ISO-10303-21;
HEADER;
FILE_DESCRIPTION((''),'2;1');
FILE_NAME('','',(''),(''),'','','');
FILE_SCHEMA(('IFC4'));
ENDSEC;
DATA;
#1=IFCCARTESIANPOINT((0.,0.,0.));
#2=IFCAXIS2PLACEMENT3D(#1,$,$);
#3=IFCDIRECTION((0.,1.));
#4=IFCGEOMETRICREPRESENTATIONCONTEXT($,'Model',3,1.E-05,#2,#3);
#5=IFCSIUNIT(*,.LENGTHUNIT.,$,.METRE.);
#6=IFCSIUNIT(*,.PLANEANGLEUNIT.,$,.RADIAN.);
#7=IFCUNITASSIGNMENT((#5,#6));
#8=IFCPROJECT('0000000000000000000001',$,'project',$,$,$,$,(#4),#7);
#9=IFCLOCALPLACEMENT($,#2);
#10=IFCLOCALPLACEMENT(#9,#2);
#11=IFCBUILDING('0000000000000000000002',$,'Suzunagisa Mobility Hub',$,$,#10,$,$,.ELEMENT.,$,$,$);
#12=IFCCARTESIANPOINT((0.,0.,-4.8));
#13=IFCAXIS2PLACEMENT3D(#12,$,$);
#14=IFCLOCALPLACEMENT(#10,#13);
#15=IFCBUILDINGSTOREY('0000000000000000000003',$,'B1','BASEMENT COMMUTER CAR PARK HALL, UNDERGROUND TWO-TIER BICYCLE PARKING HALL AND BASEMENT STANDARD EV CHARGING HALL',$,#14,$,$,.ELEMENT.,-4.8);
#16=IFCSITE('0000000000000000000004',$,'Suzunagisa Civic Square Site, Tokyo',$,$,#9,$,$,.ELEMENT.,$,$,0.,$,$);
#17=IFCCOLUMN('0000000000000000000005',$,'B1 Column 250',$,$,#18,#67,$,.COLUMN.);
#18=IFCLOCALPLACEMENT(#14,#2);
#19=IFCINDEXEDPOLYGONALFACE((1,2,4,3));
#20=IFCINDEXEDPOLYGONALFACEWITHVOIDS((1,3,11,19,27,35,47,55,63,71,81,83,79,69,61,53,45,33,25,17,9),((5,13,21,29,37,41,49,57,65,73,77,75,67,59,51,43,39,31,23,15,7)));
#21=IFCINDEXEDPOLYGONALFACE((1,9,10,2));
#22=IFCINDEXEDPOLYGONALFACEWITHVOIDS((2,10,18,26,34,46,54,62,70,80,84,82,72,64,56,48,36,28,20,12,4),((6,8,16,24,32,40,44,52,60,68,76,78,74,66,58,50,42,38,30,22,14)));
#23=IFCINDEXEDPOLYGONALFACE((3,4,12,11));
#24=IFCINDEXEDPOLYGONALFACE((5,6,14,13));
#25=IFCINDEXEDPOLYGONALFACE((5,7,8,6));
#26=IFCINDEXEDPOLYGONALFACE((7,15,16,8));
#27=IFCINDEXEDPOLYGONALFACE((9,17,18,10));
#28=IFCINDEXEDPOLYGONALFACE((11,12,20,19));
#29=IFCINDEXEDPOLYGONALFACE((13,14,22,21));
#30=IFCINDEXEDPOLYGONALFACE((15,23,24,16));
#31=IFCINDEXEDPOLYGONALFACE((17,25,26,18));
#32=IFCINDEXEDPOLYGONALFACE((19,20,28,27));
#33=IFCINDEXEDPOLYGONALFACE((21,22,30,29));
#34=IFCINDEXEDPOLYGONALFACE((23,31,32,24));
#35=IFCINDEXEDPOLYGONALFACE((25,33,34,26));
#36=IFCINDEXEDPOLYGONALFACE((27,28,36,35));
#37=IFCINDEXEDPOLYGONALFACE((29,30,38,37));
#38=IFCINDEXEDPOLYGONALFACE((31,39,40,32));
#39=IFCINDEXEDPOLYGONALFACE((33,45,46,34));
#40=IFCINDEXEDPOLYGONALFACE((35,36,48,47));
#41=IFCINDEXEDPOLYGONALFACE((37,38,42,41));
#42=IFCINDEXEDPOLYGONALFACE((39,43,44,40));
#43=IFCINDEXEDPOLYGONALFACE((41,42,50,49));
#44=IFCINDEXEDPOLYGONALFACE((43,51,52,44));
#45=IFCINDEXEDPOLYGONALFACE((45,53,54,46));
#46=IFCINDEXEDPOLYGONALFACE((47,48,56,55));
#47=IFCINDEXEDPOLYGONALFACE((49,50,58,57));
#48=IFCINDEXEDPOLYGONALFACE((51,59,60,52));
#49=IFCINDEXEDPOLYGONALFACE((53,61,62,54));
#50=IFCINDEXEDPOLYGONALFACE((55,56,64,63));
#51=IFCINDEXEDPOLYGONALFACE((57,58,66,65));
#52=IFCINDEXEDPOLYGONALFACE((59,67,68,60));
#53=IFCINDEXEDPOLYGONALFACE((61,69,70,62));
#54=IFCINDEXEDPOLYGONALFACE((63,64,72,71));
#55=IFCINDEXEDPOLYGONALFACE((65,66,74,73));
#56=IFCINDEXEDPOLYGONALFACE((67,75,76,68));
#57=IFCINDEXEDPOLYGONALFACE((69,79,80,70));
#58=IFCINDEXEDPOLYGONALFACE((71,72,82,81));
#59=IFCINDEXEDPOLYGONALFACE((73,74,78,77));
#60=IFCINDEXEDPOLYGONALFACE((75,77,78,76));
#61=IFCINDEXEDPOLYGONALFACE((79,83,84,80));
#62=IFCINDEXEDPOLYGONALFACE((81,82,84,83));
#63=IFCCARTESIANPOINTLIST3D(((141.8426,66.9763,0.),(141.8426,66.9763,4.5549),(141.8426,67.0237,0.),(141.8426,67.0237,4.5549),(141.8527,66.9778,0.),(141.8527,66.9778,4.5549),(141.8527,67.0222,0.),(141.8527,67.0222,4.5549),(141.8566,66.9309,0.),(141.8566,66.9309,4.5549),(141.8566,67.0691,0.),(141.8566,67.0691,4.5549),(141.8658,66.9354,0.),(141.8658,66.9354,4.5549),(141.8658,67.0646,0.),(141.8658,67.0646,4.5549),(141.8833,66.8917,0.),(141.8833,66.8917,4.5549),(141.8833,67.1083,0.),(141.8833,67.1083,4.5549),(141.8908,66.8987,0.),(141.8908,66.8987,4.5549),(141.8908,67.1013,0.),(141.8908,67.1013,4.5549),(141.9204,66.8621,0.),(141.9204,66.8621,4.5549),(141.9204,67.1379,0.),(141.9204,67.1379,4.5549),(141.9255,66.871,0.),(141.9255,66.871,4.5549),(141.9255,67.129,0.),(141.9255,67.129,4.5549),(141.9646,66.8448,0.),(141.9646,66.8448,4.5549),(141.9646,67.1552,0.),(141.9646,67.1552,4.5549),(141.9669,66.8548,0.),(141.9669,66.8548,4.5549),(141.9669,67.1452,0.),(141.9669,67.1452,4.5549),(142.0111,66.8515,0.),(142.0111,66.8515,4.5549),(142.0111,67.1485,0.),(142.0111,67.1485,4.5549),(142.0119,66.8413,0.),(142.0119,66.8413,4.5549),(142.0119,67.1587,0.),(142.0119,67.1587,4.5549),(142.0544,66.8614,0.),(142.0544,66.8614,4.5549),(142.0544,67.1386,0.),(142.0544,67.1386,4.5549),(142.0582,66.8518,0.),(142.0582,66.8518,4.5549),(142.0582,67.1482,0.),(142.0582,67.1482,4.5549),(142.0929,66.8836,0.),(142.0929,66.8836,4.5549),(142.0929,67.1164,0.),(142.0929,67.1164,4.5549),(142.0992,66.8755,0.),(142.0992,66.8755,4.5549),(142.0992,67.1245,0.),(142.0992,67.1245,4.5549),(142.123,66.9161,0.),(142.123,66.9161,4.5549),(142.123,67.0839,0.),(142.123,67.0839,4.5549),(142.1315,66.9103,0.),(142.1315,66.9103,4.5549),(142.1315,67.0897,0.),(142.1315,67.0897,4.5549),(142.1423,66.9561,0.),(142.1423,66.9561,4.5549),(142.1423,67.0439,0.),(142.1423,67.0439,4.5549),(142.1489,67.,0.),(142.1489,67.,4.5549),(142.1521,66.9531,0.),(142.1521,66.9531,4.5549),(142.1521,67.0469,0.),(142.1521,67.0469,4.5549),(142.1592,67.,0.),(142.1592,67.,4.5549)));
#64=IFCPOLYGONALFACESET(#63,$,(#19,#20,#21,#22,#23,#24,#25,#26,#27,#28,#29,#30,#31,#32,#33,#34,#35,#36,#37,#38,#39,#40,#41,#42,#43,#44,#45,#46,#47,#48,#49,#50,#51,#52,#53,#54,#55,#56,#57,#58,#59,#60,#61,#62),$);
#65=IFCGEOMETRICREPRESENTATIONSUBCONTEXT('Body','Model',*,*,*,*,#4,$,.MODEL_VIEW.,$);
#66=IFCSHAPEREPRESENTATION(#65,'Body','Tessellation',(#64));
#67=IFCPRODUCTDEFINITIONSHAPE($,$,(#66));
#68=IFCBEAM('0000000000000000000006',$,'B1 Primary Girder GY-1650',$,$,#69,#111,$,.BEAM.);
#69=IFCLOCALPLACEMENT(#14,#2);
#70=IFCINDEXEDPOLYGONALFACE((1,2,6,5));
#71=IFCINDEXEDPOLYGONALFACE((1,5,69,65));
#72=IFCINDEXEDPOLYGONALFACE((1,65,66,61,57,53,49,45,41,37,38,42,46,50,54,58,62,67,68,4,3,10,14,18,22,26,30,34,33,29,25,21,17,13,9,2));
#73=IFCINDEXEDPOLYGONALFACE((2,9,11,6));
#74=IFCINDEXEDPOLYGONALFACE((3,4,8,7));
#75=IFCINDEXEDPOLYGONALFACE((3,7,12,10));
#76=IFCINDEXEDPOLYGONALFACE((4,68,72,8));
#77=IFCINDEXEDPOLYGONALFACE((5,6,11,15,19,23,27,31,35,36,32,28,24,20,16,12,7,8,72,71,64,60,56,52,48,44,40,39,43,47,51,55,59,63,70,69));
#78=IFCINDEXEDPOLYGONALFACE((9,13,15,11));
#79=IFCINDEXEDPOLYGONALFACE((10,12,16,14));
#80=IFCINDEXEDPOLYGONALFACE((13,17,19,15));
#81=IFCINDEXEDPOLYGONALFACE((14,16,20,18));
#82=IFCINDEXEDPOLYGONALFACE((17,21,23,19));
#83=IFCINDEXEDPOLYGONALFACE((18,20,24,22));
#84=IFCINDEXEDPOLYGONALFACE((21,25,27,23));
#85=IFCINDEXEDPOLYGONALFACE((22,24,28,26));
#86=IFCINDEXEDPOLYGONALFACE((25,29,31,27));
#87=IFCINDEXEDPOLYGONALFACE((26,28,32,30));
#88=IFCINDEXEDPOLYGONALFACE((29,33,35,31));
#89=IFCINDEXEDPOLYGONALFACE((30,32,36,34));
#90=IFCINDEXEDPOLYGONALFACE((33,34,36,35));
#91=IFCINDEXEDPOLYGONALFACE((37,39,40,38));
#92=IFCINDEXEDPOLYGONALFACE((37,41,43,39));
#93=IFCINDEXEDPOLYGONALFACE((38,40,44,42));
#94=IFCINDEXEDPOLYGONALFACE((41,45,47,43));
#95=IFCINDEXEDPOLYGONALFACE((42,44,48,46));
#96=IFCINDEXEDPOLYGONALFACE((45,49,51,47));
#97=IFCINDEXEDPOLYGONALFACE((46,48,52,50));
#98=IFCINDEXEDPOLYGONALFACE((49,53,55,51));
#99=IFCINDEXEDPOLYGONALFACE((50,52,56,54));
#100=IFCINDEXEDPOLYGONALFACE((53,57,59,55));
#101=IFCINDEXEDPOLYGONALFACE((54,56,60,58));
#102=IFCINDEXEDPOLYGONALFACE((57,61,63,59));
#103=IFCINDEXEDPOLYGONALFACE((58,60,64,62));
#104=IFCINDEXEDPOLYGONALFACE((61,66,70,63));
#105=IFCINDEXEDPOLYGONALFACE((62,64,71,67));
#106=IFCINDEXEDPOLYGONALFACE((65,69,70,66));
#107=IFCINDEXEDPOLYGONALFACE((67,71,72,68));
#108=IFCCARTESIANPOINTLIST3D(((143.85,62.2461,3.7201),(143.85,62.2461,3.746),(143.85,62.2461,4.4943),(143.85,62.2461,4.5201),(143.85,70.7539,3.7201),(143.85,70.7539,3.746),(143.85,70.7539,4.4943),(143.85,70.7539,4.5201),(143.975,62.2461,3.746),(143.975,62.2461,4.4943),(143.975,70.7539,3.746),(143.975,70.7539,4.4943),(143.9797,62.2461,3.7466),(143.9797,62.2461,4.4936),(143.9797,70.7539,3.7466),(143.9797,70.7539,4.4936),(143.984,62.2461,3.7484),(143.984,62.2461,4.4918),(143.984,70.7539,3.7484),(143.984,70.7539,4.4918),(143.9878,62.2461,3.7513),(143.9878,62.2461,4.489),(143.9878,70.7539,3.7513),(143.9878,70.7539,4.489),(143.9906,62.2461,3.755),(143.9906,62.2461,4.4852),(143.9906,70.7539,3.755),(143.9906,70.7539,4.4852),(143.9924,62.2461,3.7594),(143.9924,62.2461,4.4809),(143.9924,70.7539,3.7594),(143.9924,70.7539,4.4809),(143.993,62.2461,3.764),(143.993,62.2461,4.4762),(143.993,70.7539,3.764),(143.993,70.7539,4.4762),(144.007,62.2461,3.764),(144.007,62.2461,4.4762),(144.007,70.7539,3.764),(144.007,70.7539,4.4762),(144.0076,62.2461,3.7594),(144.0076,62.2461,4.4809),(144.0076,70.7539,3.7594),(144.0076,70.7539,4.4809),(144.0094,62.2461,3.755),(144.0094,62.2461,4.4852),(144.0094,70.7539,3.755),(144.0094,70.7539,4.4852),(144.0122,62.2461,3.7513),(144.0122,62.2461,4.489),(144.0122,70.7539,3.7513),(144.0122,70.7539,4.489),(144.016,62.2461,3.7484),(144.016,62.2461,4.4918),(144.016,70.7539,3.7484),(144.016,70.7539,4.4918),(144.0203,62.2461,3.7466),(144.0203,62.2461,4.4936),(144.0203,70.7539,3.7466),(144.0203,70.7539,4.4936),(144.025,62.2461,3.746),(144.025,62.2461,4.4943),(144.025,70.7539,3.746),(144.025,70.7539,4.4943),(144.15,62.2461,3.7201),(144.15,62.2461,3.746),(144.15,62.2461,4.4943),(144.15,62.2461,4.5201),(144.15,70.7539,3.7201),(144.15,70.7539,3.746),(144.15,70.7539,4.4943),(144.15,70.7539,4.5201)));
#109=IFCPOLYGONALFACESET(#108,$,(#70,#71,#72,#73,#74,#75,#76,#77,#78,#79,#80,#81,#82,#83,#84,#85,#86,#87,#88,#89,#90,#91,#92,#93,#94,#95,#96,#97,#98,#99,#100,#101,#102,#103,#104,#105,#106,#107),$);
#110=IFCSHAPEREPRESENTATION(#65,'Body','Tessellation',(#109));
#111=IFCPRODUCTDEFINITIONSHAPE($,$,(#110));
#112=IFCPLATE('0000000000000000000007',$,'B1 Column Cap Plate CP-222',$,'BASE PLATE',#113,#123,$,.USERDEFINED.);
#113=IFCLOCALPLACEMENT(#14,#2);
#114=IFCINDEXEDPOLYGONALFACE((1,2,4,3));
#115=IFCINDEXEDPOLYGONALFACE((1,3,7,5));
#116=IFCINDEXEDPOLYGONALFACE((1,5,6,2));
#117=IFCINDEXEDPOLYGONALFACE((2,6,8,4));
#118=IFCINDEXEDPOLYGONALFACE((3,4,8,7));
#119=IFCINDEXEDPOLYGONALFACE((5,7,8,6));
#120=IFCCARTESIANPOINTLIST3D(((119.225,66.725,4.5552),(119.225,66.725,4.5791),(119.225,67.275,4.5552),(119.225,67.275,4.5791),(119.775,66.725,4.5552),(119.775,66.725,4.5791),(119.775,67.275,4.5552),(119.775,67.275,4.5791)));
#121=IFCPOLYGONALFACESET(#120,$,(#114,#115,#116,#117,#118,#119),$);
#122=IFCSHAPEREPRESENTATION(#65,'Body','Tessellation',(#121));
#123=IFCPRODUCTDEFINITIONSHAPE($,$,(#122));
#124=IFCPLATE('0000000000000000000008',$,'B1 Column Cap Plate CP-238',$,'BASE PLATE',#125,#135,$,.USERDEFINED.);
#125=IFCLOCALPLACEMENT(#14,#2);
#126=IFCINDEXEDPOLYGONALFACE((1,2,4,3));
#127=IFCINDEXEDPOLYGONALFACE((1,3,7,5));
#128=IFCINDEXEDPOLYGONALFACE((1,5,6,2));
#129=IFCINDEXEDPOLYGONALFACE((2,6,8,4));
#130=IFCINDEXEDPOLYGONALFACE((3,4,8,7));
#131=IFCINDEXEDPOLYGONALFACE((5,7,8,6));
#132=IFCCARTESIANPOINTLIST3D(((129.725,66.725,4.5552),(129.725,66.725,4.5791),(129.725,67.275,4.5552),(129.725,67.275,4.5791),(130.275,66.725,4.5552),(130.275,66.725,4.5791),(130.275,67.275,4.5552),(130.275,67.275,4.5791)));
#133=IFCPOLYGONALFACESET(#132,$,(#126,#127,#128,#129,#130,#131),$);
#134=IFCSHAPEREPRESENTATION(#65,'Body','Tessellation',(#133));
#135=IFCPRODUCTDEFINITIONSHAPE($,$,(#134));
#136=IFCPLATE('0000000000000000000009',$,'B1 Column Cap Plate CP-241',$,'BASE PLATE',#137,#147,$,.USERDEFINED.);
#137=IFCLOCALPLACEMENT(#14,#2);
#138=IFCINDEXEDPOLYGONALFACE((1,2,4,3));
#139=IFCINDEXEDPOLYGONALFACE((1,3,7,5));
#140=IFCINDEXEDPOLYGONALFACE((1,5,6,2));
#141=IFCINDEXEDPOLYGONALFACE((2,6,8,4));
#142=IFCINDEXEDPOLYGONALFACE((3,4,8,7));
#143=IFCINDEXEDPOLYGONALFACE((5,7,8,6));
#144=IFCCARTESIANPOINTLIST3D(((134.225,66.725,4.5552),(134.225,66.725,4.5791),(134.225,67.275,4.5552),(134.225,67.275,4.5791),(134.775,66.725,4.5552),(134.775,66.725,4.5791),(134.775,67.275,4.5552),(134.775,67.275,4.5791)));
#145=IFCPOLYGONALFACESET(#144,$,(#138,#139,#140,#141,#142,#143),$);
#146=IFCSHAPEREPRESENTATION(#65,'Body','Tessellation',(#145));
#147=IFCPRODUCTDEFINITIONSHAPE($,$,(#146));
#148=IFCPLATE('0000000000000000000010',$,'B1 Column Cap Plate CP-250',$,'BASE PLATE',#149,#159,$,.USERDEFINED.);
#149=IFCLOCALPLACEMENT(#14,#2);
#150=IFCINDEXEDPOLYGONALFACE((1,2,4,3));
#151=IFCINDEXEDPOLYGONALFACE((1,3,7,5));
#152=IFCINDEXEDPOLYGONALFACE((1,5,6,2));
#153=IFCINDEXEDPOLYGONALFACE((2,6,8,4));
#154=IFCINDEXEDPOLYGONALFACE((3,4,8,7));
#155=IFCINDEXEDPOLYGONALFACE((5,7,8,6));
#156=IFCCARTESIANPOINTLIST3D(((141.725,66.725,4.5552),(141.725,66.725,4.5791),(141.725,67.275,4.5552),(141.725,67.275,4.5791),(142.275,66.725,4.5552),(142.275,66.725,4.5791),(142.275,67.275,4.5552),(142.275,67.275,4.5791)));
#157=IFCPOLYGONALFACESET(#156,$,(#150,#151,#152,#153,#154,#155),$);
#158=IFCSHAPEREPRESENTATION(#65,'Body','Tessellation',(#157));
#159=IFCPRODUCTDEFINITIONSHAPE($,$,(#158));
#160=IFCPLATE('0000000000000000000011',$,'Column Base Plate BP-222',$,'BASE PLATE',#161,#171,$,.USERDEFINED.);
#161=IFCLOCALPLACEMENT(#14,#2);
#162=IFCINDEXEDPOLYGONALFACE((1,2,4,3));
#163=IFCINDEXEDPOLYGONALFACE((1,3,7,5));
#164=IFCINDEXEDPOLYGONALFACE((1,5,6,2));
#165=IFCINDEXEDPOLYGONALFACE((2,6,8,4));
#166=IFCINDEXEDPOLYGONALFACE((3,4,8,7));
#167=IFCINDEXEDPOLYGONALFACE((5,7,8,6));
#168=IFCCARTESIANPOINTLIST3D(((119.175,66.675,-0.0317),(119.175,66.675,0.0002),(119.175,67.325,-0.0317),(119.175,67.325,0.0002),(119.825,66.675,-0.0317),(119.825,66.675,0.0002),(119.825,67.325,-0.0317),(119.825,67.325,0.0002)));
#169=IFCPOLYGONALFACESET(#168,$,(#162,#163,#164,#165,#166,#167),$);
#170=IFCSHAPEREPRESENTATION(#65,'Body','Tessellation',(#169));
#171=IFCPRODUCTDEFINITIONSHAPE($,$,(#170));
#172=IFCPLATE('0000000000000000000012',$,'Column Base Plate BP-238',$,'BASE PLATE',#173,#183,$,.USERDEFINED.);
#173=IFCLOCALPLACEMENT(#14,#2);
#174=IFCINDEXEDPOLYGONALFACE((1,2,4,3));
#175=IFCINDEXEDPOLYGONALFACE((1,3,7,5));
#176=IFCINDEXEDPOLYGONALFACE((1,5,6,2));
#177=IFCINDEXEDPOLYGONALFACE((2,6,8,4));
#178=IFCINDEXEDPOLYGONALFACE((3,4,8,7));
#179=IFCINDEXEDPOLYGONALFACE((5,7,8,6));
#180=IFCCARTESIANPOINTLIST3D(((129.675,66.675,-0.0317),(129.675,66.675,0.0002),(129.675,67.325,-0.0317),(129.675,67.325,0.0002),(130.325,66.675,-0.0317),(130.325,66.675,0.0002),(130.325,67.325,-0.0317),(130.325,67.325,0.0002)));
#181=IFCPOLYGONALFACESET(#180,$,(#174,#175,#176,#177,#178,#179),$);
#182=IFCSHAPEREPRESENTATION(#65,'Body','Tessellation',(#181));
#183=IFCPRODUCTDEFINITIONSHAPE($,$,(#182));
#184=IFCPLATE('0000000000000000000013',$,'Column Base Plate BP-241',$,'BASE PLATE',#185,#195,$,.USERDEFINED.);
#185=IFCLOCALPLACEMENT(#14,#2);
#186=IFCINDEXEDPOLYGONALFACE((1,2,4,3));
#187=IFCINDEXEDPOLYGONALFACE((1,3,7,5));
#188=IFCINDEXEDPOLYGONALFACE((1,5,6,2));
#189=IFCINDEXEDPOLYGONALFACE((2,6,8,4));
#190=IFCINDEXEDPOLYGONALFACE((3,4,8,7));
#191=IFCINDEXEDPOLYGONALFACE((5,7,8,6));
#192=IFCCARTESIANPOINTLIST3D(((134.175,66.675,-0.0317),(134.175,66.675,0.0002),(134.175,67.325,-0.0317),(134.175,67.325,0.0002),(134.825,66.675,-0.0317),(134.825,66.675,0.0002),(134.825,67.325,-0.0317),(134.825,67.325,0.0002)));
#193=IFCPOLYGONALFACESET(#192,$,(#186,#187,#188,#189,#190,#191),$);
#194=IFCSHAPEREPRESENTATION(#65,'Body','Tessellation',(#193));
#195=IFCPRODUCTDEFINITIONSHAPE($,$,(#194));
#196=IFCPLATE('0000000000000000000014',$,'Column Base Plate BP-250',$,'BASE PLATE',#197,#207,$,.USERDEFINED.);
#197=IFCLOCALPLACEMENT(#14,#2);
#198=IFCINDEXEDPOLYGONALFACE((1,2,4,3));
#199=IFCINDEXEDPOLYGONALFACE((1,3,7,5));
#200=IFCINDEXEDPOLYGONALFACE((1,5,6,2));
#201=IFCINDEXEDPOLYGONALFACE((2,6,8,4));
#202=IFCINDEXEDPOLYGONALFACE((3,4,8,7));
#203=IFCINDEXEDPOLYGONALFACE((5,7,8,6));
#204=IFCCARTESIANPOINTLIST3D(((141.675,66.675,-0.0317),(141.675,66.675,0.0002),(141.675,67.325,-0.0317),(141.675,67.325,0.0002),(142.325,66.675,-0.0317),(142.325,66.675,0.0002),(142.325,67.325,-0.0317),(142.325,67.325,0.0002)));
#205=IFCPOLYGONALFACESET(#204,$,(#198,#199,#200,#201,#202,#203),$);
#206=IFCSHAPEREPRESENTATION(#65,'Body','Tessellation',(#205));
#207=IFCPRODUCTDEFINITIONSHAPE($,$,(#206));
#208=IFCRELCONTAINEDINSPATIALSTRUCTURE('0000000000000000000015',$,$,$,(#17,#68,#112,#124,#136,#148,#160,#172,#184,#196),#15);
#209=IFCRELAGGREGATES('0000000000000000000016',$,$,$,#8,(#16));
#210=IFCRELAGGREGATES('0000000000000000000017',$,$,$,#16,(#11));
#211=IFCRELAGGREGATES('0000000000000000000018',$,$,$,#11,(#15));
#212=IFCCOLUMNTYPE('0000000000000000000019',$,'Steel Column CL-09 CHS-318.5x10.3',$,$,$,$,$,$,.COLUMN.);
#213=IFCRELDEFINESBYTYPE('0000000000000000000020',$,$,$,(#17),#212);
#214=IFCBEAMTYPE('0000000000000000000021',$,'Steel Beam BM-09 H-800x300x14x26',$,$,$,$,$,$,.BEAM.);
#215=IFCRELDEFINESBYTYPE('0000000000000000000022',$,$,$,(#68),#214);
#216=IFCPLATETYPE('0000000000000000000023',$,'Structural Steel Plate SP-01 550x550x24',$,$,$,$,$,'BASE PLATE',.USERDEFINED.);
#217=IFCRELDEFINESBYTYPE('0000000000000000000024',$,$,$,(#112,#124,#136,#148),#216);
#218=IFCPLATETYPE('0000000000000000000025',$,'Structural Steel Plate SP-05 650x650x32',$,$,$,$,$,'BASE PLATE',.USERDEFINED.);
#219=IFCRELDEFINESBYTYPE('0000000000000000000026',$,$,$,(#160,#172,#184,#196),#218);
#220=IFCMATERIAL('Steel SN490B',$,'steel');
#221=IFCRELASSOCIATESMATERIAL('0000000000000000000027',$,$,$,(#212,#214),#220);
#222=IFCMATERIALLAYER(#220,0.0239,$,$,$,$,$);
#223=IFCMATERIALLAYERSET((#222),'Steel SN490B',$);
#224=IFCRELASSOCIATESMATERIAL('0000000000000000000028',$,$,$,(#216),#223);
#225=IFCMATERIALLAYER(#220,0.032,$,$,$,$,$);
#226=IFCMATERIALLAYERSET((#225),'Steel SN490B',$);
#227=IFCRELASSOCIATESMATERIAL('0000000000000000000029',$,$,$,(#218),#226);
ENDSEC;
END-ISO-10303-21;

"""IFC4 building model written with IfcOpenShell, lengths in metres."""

from ifc_helpers import new_model, si_unit, direction, frame, origin, origin_2d, place, context, subcontext, project, spatial, rectangle, hollow_circle, i_section, extrude, material, layer, layer_set, material_profile, profile_set, type_object, element, save


model = new_model("IFC4")

# Units and contexts
model_context = context("Model", 3, precision=1e-05, world=origin(), true_north=direction((0.0, 1.0)))
body_context = subcontext(model_context, "Body", "Model", "MODEL_VIEW")
ifc_project = project(units=[si_unit("LENGTHUNIT", "METRE"), si_unit("PLANEANGLEUNIT", "RADIAN")], contexts=[model_context])

# Site, building, storey
site_placement = place(None, origin())
site = spatial("IfcSite", under=ifc_project, at=site_placement, Name="Suzunagisa Civic Square Site, Tokyo", CompositionType="ELEMENT", RefElevation=0.0)
building_placement = place(site_placement, origin())
building = spatial("IfcBuilding", under=site, at=building_placement, Name="Suzunagisa Mobility Hub", CompositionType="ELEMENT")
storey_placement = place(building_placement, frame((0.0, 0.0, -4.8)))
storey = spatial("IfcBuildingStorey", under=building, at=storey_placement, Name="B1", Description="BASEMENT COMMUTER CAR PARK HALL, UNDERGROUND TWO-TIER BICYCLE PARKING HALL AND BASEMENT STANDARD EV CHARGING HALL", CompositionType="ELEMENT", Elevation=-4.8)

# Column
ifc_material_1 = material(Name="Steel SN490B", Category="steel")
ifc_material_profile_1 = material_profile(ifc_material_1, hollow_circle(Radius=0.1592, WallThickness=0.0103, at=origin_2d()), Name="CHS-318.5x10.3")
ifc_profile_set_1 = profile_set([ifc_material_profile_1], Name="Steel SN490B")
column_type = type_object("IfcColumnType", Name="Steel Column CL-09 CHS-318.5x10.3", PredefinedType="COLUMN", material=ifc_profile_set_1)
for number, where, z_axis, x_axis, name in (
    (1, (142.0, 67.0, 0.0), (0.0, 0.0, 1.0), (1.0, 0.0, 0.0), "B1 Column 250"),
):
    element("IfcColumn", number, at=place(storey_placement, frame(where, z_axis=z_axis, x_axis=x_axis)), inside=storey, type_object=column_type, Name=name, PredefinedType="COLUMN", context=body_context, shape_type="SweptSolid", body=[
        extrude(hollow_circle(Radius=0.1592, WallThickness=0.0103, at=origin_2d()), origin(), (0.0, 0.0, 1.0), 4.5549),
    ])

# Beam
ifc_material_profile_2 = material_profile(ifc_material_1, i_section(OverallWidth=0.3, OverallDepth=0.8, WebThickness=0.0139, FlangeThickness=0.0259, FilletRadius=0.0181, at=origin_2d()), Name="H-800x300x14x26")
ifc_profile_set_2 = profile_set([ifc_material_profile_2], Name="Steel SN490B")
beam_type = type_object("IfcBeamType", Name="Steel Beam BM-09 H-800x300x14x26", PredefinedType="BEAM", material=ifc_profile_set_2)
beam_placement = place(storey_placement, frame((144.0, 62.2461, 4.1201), z_axis=(0.0, 1.0, 0.0), x_axis=(-1.0, 0.0, 0.0)))
element("IfcBeam", 2, at=beam_placement, inside=storey, type_object=beam_type, Name="B1 Primary Girder GY-1650", PredefinedType="BEAM", context=body_context, shape_type="SweptSolid", body=[
    extrude(i_section(OverallWidth=0.3, OverallDepth=0.8, WebThickness=0.0139, FlangeThickness=0.0259, FilletRadius=0.0181, at=origin_2d()), origin(), (0.0, 0.0, 1.0), 8.5078),
])

# Plates
ifc_layer_1 = layer(ifc_material_1, 0.0239)
ifc_layer_set_1 = layer_set([ifc_layer_1], Name="Steel SN490B")
plate_type_1 = type_object("IfcPlateType", Name="Structural Steel Plate SP-01 550x550x24", ElementType="BASE PLATE", PredefinedType="USERDEFINED", material=ifc_layer_set_1)
for number, where, z_axis, x_axis, name in (
    (3, (119.5, 67.0, 4.5552), (0.0, 0.0, 1.0), (1.0, 0.0, 0.0), "B1 Column Cap Plate CP-222"),
    (4, (130.0, 67.0, 4.5552), (0.0, 0.0, 1.0), (1.0, 0.0, 0.0), "B1 Column Cap Plate CP-238"),
    (5, (134.5, 67.0, 4.5552), (0.0, 0.0, 1.0), (1.0, 0.0, 0.0), "B1 Column Cap Plate CP-241"),
    (6, (142.0, 67.0, 4.5552), (0.0, 0.0, 1.0), (1.0, 0.0, 0.0), "B1 Column Cap Plate CP-250"),
):
    element("IfcPlate", number, at=place(storey_placement, frame(where, z_axis=z_axis, x_axis=x_axis)), inside=storey, type_object=plate_type_1, Name=name, ObjectType="BASE PLATE", PredefinedType="USERDEFINED", context=body_context, shape_type="SweptSolid", body=[
        extrude(rectangle(XDim=0.55, YDim=0.55, at=origin_2d()), origin(), (0.0, 0.0, 1.0), 0.0239),
    ])
ifc_layer_2 = layer(ifc_material_1, 0.032)
ifc_layer_set_2 = layer_set([ifc_layer_2], Name="Steel SN490B")
plate_type_2 = type_object("IfcPlateType", Name="Structural Steel Plate SP-05 650x650x32", ElementType="BASE PLATE", PredefinedType="USERDEFINED", material=ifc_layer_set_2)
for number, where, z_axis, x_axis, name in (
    (7, (119.5, 67.0, -0.0317), (0.0, 0.0, 1.0), (1.0, 0.0, 0.0), "Column Base Plate BP-222"),
    (8, (130.0, 67.0, -0.0317), (0.0, 0.0, 1.0), (1.0, 0.0, 0.0), "Column Base Plate BP-238"),
    (9, (134.5, 67.0, -0.0317), (0.0, 0.0, 1.0), (1.0, 0.0, 0.0), "Column Base Plate BP-241"),
    (10, (142.0, 67.0, -0.0317), (0.0, 0.0, 1.0), (1.0, 0.0, 0.0), "Column Base Plate BP-250"),
):
    element("IfcPlate", number, at=place(storey_placement, frame(where, z_axis=z_axis, x_axis=x_axis)), inside=storey, type_object=plate_type_2, Name=name, ObjectType="BASE PLATE", PredefinedType="USERDEFINED", context=body_context, shape_type="SweptSolid", body=[
        extrude(rectangle(XDim=0.6499, YDim=0.6499, at=origin_2d()), origin(), (0.0, 0.0, 1.0), 0.032),
    ])

save(model, "model.ifc")
